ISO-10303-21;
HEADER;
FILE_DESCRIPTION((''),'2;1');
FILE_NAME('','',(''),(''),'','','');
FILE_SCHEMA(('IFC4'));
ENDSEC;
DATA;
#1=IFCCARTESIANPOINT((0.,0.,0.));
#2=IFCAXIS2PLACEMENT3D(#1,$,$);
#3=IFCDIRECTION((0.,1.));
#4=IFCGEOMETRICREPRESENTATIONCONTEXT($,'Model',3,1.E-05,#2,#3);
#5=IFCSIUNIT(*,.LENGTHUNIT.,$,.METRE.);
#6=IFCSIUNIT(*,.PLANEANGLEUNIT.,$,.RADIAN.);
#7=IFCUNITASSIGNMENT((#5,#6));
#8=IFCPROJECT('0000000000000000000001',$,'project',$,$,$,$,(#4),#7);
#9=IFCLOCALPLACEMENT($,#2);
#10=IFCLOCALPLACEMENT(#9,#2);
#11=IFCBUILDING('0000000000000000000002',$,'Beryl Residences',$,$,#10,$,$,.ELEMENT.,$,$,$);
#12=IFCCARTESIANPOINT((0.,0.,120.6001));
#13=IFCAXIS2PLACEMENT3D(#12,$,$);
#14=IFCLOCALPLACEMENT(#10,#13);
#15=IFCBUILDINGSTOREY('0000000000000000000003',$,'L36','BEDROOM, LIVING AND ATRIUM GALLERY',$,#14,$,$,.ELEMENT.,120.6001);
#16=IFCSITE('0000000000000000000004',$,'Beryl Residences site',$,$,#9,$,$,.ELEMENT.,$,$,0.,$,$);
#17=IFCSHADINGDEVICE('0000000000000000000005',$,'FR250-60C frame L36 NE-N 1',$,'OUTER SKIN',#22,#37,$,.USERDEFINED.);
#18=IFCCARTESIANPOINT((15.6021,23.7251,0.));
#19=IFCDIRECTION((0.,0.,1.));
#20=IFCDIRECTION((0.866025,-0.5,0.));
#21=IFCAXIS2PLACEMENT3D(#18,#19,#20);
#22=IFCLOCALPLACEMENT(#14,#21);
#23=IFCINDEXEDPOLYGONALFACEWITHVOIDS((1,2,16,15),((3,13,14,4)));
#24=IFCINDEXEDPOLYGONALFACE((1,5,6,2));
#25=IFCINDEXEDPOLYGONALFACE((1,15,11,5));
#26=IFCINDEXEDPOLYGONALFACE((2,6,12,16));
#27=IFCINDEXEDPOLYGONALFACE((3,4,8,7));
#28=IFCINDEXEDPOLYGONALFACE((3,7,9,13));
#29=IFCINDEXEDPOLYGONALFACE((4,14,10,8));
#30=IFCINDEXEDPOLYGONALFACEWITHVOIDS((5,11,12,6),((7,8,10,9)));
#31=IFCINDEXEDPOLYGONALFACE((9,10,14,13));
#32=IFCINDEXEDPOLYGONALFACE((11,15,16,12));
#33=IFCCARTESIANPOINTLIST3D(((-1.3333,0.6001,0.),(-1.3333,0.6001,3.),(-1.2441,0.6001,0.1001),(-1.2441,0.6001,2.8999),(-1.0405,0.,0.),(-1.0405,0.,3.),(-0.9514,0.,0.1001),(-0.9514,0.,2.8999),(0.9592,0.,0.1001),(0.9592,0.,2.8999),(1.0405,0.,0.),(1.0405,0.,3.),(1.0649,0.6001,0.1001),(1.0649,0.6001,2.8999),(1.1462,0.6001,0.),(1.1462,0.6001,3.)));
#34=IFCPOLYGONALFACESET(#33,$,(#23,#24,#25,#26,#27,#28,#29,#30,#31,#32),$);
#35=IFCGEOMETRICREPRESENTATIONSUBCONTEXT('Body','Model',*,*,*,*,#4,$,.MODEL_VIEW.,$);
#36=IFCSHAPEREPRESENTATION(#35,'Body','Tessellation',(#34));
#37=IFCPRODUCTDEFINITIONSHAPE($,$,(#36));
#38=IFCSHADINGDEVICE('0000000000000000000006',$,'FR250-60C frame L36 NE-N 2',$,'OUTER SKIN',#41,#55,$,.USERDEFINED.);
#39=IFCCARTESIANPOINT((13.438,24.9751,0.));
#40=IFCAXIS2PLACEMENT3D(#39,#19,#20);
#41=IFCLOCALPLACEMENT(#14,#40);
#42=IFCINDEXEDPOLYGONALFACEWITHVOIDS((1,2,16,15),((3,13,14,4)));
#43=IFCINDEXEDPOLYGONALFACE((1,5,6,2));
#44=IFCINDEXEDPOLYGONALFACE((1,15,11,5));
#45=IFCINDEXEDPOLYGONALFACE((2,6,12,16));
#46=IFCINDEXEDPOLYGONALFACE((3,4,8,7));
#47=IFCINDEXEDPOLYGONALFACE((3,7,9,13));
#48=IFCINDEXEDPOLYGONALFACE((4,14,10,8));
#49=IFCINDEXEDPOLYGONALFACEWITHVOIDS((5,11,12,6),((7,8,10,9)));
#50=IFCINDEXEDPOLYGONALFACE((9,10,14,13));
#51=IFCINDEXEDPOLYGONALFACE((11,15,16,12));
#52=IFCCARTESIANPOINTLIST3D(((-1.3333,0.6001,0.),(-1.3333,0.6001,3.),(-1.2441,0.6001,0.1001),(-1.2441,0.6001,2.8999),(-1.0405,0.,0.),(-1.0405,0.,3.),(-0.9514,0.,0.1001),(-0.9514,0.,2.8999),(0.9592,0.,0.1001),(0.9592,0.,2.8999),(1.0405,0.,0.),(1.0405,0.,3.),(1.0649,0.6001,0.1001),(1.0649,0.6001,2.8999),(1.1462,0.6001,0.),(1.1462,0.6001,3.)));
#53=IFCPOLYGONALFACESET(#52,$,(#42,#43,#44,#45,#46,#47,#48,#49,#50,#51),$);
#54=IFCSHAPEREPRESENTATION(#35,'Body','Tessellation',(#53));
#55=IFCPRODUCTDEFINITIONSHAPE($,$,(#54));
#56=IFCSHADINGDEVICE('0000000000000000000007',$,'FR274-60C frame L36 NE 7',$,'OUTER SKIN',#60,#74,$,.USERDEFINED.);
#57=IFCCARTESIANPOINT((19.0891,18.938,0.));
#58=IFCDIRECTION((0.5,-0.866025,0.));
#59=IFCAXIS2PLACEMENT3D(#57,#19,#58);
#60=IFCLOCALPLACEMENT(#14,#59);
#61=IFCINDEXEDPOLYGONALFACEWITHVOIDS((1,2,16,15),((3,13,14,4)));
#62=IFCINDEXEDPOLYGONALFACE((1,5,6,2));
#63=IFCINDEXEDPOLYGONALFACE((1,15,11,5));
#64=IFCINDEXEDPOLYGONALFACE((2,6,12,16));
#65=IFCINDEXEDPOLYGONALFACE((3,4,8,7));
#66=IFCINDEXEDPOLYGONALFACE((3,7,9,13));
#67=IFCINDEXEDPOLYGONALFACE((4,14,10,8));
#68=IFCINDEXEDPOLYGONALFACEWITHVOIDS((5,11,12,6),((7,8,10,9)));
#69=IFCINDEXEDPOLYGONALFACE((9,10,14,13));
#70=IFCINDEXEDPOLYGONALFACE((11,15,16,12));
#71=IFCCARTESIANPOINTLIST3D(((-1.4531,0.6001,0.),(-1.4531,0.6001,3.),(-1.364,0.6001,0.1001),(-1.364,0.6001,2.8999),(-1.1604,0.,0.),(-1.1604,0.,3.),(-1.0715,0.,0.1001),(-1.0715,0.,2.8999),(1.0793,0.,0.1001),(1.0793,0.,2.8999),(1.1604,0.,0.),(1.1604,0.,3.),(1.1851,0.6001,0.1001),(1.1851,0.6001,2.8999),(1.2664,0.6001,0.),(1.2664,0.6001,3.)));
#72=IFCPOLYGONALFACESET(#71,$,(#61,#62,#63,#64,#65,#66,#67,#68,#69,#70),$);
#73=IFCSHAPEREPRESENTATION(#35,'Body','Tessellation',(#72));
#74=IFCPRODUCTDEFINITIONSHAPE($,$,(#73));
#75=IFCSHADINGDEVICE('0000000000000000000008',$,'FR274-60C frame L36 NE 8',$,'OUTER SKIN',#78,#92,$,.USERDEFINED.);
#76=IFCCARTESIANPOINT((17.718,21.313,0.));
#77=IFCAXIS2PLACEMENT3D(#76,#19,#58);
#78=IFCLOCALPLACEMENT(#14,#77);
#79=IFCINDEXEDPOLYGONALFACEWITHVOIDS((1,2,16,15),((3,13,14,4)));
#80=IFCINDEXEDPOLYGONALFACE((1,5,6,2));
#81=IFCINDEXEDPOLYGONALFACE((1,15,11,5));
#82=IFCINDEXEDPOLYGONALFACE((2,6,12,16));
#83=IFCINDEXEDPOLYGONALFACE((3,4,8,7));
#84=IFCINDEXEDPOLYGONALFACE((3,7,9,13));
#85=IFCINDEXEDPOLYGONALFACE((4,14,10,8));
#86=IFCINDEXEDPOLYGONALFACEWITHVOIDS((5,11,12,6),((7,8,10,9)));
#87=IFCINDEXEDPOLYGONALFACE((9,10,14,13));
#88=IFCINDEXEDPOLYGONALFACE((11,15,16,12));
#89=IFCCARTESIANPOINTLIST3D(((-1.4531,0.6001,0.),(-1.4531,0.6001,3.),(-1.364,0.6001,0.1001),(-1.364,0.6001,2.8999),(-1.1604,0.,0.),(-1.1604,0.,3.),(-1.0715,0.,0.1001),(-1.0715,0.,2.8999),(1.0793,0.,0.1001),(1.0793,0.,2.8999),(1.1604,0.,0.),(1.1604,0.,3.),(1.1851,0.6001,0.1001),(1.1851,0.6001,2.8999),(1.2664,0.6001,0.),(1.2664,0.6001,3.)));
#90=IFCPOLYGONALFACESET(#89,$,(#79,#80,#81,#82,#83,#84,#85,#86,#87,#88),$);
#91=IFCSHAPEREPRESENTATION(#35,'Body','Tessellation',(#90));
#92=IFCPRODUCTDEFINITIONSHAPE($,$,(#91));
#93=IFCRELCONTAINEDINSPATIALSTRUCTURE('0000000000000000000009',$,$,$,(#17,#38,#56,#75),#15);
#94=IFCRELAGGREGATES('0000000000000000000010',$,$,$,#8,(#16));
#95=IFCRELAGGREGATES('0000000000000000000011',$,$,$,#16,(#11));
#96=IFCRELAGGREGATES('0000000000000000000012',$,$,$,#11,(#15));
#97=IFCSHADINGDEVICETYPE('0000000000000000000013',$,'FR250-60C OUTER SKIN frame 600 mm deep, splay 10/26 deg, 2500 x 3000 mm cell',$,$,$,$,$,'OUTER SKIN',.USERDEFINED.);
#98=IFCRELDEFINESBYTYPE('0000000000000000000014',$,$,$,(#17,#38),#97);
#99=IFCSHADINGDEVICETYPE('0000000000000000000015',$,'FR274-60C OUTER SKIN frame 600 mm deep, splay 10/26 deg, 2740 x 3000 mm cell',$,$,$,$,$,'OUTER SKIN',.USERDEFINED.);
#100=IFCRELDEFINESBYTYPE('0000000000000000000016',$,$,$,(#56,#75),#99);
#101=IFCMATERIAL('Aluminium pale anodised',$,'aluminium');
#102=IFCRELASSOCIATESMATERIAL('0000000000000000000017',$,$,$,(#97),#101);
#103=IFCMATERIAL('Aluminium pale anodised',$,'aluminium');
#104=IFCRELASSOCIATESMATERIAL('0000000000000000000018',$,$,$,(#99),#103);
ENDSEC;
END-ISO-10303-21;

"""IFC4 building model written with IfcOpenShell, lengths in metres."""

from ifc_helpers import new_model, entity, si_unit, direction, frame, origin, place, context, subcontext, project, spatial, source, transform, mapped, material, type_object, type_shapes, element, save


model = new_model("IFC4")

# Units and contexts
model_context = context("Model", 3, precision=1e-05, world=origin(), true_north=direction((0.0, 1.0)))
body_context = subcontext(model_context, "Body", "Model", "MODEL_VIEW")
ifc_project = project(units=[si_unit("LENGTHUNIT", "METRE"), si_unit("PLANEANGLEUNIT", "RADIAN")], contexts=[model_context])

# Site, building, storey
site_placement = place(None, origin())
site = spatial("IfcSite", under=ifc_project, at=site_placement, Name="Beryl Residences site", CompositionType="ELEMENT", RefElevation=0.0)
building_placement = place(site_placement, origin())
building = spatial("IfcBuilding", under=site, at=building_placement, Name="Beryl Residences", CompositionType="ELEMENT")
storey_placement = place(building_placement, frame((0.0, 0.0, 120.6001)))
storey = spatial("IfcBuildingStorey", under=building, at=storey_placement, Name="L36", Description="BEDROOM, LIVING AND ATRIUM GALLERY", CompositionType="ELEMENT", Elevation=120.6001)

# Shading devices
ifc_material_1 = material(Name="Aluminium pale anodised", Category="aluminium")
shading_device_type_1 = type_object("IfcShadingDeviceType", Name="FR250-60C OUTER SKIN frame 600 mm deep, splay 10/26 deg, 2500 x 3000 mm cell", ElementType="OUTER SKIN", PredefinedType="USERDEFINED", material=ifc_material_1)
cartesian_point_1 = entity("IfcCartesianPoint", [-1.0405, 0.0])
cartesian_point_2 = entity("IfcCartesianPoint", [-0.9592, 0.1001])
cartesian_point_3 = entity("IfcCartesianPoint", [-1.1462, 0.0])
cartesian_point_4 = entity("IfcCartesianPoint", [-1.0649, 0.1001])
shared_shape_1 = source(origin(), body_context, "Body", "SweptSolid", [
    entity("IfcExtrudedAreaSolidTapered", entity("IfcArbitraryProfileDefWithVoids", "AREA", None, entity("IfcPolyline", [cartesian_point_1, entity("IfcCartesianPoint", [1.0405, 0.0]), entity("IfcCartesianPoint", [1.0405, 3.0]), entity("IfcCartesianPoint", [-1.0405, 3.0]), cartesian_point_1]), [entity("IfcPolyline", [cartesian_point_2, entity("IfcCartesianPoint", [0.9514, 0.1001]), entity("IfcCartesianPoint", [0.9514, 2.8999]), entity("IfcCartesianPoint", [-0.9592, 2.8999]), cartesian_point_2])]), entity("IfcAxis2Placement3D", entity("IfcCartesianPoint", [0.0, 0.0, 0.0]), entity("IfcDirection", [0.0, 1.0, 0.0]), entity("IfcDirection", [-1.0, 0.0, 0.0])), entity("IfcDirection", [0.0, 0.0, 1.0]), 0.6001, entity("IfcArbitraryProfileDefWithVoids", "AREA", None, entity("IfcPolyline", [cartesian_point_3, entity("IfcCartesianPoint", [1.3333, 0.0]), entity("IfcCartesianPoint", [1.3333, 3.0]), entity("IfcCartesianPoint", [-1.1462, 3.0]), cartesian_point_3]), [entity("IfcPolyline", [cartesian_point_4, entity("IfcCartesianPoint", [1.2441, 0.1001]), entity("IfcCartesianPoint", [1.2441, 2.8999]), entity("IfcCartesianPoint", [-1.0649, 2.8999]), cartesian_point_4])])),
])
type_shapes(shading_device_type_1, [shared_shape_1])
for number, where, z_axis, x_axis, name in (
    (1, (15.6021, 23.7251, 0.0), (0.0, 0.0, 1.0), (0.866025, -0.5, 0.0), "FR250-60C frame L36 NE-N 1"),
    (2, (13.438, 24.9751, 0.0), (0.0, 0.0, 1.0), (0.866025, -0.5, 0.0), "FR250-60C frame L36 NE-N 2"),
):
    element("IfcShadingDevice", number, at=place(storey_placement, frame(where, z_axis=z_axis, x_axis=x_axis)), inside=storey, type_object=shading_device_type_1, Name=name, ObjectType="OUTER SKIN", PredefinedType="USERDEFINED", context=body_context, shape_type="MappedRepresentation", body=[
        mapped(shared_shape_1, transform((0.0, 0.0, 0.0))),
    ])
ifc_material_2 = material(Name="Aluminium pale anodised", Category="aluminium")
shading_device_type_2 = type_object("IfcShadingDeviceType", Name="FR274-60C OUTER SKIN frame 600 mm deep, splay 10/26 deg, 2740 x 3000 mm cell", ElementType="OUTER SKIN", PredefinedType="USERDEFINED", material=ifc_material_2)
cartesian_point_5 = entity("IfcCartesianPoint", [-1.1604, 0.0])
cartesian_point_6 = entity("IfcCartesianPoint", [-1.0793, 0.1001])
cartesian_point_7 = entity("IfcCartesianPoint", [-1.2664, 0.0])
cartesian_point_8 = entity("IfcCartesianPoint", [-1.1851, 0.1001])
shared_shape_2 = source(origin(), body_context, "Body", "SweptSolid", [
    entity("IfcExtrudedAreaSolidTapered", entity("IfcArbitraryProfileDefWithVoids", "AREA", None, entity("IfcPolyline", [cartesian_point_5, entity("IfcCartesianPoint", [1.1604, 0.0]), entity("IfcCartesianPoint", [1.1604, 3.0]), entity("IfcCartesianPoint", [-1.1604, 3.0]), cartesian_point_5]), [entity("IfcPolyline", [cartesian_point_6, entity("IfcCartesianPoint", [1.0715, 0.1001]), entity("IfcCartesianPoint", [1.0715, 2.8999]), entity("IfcCartesianPoint", [-1.0793, 2.8999]), cartesian_point_6])]), entity("IfcAxis2Placement3D", entity("IfcCartesianPoint", [0.0, 0.0, 0.0]), entity("IfcDirection", [0.0, 1.0, 0.0]), entity("IfcDirection", [-1.0, 0.0, 0.0])), entity("IfcDirection", [0.0, 0.0, 1.0]), 0.6001, entity("IfcArbitraryProfileDefWithVoids", "AREA", None, entity("IfcPolyline", [cartesian_point_7, entity("IfcCartesianPoint", [1.4531, 0.0]), entity("IfcCartesianPoint", [1.4531, 3.0]), entity("IfcCartesianPoint", [-1.2664, 3.0]), cartesian_point_7]), [entity("IfcPolyline", [cartesian_point_8, entity("IfcCartesianPoint", [1.364, 0.1001]), entity("IfcCartesianPoint", [1.364, 2.8999]), entity("IfcCartesianPoint", [-1.1851, 2.8999]), cartesian_point_8])])),
])
type_shapes(shading_device_type_2, [shared_shape_2])
for number, where, z_axis, x_axis, name in (
    (3, (19.0891, 18.938, 0.0), (0.0, 0.0, 1.0), (0.5, -0.866025, 0.0), "FR274-60C frame L36 NE 7"),
    (4, (17.718, 21.313, 0.0), (0.0, 0.0, 1.0), (0.5, -0.866025, 0.0), "FR274-60C frame L36 NE 8"),
):
    element("IfcShadingDevice", number, at=place(storey_placement, frame(where, z_axis=z_axis, x_axis=x_axis)), inside=storey, type_object=shading_device_type_2, Name=name, ObjectType="OUTER SKIN", PredefinedType="USERDEFINED", context=body_context, shape_type="MappedRepresentation", body=[
        mapped(shared_shape_2, transform((0.0, 0.0, 0.0))),
    ])

save(model, "model.ifc")
